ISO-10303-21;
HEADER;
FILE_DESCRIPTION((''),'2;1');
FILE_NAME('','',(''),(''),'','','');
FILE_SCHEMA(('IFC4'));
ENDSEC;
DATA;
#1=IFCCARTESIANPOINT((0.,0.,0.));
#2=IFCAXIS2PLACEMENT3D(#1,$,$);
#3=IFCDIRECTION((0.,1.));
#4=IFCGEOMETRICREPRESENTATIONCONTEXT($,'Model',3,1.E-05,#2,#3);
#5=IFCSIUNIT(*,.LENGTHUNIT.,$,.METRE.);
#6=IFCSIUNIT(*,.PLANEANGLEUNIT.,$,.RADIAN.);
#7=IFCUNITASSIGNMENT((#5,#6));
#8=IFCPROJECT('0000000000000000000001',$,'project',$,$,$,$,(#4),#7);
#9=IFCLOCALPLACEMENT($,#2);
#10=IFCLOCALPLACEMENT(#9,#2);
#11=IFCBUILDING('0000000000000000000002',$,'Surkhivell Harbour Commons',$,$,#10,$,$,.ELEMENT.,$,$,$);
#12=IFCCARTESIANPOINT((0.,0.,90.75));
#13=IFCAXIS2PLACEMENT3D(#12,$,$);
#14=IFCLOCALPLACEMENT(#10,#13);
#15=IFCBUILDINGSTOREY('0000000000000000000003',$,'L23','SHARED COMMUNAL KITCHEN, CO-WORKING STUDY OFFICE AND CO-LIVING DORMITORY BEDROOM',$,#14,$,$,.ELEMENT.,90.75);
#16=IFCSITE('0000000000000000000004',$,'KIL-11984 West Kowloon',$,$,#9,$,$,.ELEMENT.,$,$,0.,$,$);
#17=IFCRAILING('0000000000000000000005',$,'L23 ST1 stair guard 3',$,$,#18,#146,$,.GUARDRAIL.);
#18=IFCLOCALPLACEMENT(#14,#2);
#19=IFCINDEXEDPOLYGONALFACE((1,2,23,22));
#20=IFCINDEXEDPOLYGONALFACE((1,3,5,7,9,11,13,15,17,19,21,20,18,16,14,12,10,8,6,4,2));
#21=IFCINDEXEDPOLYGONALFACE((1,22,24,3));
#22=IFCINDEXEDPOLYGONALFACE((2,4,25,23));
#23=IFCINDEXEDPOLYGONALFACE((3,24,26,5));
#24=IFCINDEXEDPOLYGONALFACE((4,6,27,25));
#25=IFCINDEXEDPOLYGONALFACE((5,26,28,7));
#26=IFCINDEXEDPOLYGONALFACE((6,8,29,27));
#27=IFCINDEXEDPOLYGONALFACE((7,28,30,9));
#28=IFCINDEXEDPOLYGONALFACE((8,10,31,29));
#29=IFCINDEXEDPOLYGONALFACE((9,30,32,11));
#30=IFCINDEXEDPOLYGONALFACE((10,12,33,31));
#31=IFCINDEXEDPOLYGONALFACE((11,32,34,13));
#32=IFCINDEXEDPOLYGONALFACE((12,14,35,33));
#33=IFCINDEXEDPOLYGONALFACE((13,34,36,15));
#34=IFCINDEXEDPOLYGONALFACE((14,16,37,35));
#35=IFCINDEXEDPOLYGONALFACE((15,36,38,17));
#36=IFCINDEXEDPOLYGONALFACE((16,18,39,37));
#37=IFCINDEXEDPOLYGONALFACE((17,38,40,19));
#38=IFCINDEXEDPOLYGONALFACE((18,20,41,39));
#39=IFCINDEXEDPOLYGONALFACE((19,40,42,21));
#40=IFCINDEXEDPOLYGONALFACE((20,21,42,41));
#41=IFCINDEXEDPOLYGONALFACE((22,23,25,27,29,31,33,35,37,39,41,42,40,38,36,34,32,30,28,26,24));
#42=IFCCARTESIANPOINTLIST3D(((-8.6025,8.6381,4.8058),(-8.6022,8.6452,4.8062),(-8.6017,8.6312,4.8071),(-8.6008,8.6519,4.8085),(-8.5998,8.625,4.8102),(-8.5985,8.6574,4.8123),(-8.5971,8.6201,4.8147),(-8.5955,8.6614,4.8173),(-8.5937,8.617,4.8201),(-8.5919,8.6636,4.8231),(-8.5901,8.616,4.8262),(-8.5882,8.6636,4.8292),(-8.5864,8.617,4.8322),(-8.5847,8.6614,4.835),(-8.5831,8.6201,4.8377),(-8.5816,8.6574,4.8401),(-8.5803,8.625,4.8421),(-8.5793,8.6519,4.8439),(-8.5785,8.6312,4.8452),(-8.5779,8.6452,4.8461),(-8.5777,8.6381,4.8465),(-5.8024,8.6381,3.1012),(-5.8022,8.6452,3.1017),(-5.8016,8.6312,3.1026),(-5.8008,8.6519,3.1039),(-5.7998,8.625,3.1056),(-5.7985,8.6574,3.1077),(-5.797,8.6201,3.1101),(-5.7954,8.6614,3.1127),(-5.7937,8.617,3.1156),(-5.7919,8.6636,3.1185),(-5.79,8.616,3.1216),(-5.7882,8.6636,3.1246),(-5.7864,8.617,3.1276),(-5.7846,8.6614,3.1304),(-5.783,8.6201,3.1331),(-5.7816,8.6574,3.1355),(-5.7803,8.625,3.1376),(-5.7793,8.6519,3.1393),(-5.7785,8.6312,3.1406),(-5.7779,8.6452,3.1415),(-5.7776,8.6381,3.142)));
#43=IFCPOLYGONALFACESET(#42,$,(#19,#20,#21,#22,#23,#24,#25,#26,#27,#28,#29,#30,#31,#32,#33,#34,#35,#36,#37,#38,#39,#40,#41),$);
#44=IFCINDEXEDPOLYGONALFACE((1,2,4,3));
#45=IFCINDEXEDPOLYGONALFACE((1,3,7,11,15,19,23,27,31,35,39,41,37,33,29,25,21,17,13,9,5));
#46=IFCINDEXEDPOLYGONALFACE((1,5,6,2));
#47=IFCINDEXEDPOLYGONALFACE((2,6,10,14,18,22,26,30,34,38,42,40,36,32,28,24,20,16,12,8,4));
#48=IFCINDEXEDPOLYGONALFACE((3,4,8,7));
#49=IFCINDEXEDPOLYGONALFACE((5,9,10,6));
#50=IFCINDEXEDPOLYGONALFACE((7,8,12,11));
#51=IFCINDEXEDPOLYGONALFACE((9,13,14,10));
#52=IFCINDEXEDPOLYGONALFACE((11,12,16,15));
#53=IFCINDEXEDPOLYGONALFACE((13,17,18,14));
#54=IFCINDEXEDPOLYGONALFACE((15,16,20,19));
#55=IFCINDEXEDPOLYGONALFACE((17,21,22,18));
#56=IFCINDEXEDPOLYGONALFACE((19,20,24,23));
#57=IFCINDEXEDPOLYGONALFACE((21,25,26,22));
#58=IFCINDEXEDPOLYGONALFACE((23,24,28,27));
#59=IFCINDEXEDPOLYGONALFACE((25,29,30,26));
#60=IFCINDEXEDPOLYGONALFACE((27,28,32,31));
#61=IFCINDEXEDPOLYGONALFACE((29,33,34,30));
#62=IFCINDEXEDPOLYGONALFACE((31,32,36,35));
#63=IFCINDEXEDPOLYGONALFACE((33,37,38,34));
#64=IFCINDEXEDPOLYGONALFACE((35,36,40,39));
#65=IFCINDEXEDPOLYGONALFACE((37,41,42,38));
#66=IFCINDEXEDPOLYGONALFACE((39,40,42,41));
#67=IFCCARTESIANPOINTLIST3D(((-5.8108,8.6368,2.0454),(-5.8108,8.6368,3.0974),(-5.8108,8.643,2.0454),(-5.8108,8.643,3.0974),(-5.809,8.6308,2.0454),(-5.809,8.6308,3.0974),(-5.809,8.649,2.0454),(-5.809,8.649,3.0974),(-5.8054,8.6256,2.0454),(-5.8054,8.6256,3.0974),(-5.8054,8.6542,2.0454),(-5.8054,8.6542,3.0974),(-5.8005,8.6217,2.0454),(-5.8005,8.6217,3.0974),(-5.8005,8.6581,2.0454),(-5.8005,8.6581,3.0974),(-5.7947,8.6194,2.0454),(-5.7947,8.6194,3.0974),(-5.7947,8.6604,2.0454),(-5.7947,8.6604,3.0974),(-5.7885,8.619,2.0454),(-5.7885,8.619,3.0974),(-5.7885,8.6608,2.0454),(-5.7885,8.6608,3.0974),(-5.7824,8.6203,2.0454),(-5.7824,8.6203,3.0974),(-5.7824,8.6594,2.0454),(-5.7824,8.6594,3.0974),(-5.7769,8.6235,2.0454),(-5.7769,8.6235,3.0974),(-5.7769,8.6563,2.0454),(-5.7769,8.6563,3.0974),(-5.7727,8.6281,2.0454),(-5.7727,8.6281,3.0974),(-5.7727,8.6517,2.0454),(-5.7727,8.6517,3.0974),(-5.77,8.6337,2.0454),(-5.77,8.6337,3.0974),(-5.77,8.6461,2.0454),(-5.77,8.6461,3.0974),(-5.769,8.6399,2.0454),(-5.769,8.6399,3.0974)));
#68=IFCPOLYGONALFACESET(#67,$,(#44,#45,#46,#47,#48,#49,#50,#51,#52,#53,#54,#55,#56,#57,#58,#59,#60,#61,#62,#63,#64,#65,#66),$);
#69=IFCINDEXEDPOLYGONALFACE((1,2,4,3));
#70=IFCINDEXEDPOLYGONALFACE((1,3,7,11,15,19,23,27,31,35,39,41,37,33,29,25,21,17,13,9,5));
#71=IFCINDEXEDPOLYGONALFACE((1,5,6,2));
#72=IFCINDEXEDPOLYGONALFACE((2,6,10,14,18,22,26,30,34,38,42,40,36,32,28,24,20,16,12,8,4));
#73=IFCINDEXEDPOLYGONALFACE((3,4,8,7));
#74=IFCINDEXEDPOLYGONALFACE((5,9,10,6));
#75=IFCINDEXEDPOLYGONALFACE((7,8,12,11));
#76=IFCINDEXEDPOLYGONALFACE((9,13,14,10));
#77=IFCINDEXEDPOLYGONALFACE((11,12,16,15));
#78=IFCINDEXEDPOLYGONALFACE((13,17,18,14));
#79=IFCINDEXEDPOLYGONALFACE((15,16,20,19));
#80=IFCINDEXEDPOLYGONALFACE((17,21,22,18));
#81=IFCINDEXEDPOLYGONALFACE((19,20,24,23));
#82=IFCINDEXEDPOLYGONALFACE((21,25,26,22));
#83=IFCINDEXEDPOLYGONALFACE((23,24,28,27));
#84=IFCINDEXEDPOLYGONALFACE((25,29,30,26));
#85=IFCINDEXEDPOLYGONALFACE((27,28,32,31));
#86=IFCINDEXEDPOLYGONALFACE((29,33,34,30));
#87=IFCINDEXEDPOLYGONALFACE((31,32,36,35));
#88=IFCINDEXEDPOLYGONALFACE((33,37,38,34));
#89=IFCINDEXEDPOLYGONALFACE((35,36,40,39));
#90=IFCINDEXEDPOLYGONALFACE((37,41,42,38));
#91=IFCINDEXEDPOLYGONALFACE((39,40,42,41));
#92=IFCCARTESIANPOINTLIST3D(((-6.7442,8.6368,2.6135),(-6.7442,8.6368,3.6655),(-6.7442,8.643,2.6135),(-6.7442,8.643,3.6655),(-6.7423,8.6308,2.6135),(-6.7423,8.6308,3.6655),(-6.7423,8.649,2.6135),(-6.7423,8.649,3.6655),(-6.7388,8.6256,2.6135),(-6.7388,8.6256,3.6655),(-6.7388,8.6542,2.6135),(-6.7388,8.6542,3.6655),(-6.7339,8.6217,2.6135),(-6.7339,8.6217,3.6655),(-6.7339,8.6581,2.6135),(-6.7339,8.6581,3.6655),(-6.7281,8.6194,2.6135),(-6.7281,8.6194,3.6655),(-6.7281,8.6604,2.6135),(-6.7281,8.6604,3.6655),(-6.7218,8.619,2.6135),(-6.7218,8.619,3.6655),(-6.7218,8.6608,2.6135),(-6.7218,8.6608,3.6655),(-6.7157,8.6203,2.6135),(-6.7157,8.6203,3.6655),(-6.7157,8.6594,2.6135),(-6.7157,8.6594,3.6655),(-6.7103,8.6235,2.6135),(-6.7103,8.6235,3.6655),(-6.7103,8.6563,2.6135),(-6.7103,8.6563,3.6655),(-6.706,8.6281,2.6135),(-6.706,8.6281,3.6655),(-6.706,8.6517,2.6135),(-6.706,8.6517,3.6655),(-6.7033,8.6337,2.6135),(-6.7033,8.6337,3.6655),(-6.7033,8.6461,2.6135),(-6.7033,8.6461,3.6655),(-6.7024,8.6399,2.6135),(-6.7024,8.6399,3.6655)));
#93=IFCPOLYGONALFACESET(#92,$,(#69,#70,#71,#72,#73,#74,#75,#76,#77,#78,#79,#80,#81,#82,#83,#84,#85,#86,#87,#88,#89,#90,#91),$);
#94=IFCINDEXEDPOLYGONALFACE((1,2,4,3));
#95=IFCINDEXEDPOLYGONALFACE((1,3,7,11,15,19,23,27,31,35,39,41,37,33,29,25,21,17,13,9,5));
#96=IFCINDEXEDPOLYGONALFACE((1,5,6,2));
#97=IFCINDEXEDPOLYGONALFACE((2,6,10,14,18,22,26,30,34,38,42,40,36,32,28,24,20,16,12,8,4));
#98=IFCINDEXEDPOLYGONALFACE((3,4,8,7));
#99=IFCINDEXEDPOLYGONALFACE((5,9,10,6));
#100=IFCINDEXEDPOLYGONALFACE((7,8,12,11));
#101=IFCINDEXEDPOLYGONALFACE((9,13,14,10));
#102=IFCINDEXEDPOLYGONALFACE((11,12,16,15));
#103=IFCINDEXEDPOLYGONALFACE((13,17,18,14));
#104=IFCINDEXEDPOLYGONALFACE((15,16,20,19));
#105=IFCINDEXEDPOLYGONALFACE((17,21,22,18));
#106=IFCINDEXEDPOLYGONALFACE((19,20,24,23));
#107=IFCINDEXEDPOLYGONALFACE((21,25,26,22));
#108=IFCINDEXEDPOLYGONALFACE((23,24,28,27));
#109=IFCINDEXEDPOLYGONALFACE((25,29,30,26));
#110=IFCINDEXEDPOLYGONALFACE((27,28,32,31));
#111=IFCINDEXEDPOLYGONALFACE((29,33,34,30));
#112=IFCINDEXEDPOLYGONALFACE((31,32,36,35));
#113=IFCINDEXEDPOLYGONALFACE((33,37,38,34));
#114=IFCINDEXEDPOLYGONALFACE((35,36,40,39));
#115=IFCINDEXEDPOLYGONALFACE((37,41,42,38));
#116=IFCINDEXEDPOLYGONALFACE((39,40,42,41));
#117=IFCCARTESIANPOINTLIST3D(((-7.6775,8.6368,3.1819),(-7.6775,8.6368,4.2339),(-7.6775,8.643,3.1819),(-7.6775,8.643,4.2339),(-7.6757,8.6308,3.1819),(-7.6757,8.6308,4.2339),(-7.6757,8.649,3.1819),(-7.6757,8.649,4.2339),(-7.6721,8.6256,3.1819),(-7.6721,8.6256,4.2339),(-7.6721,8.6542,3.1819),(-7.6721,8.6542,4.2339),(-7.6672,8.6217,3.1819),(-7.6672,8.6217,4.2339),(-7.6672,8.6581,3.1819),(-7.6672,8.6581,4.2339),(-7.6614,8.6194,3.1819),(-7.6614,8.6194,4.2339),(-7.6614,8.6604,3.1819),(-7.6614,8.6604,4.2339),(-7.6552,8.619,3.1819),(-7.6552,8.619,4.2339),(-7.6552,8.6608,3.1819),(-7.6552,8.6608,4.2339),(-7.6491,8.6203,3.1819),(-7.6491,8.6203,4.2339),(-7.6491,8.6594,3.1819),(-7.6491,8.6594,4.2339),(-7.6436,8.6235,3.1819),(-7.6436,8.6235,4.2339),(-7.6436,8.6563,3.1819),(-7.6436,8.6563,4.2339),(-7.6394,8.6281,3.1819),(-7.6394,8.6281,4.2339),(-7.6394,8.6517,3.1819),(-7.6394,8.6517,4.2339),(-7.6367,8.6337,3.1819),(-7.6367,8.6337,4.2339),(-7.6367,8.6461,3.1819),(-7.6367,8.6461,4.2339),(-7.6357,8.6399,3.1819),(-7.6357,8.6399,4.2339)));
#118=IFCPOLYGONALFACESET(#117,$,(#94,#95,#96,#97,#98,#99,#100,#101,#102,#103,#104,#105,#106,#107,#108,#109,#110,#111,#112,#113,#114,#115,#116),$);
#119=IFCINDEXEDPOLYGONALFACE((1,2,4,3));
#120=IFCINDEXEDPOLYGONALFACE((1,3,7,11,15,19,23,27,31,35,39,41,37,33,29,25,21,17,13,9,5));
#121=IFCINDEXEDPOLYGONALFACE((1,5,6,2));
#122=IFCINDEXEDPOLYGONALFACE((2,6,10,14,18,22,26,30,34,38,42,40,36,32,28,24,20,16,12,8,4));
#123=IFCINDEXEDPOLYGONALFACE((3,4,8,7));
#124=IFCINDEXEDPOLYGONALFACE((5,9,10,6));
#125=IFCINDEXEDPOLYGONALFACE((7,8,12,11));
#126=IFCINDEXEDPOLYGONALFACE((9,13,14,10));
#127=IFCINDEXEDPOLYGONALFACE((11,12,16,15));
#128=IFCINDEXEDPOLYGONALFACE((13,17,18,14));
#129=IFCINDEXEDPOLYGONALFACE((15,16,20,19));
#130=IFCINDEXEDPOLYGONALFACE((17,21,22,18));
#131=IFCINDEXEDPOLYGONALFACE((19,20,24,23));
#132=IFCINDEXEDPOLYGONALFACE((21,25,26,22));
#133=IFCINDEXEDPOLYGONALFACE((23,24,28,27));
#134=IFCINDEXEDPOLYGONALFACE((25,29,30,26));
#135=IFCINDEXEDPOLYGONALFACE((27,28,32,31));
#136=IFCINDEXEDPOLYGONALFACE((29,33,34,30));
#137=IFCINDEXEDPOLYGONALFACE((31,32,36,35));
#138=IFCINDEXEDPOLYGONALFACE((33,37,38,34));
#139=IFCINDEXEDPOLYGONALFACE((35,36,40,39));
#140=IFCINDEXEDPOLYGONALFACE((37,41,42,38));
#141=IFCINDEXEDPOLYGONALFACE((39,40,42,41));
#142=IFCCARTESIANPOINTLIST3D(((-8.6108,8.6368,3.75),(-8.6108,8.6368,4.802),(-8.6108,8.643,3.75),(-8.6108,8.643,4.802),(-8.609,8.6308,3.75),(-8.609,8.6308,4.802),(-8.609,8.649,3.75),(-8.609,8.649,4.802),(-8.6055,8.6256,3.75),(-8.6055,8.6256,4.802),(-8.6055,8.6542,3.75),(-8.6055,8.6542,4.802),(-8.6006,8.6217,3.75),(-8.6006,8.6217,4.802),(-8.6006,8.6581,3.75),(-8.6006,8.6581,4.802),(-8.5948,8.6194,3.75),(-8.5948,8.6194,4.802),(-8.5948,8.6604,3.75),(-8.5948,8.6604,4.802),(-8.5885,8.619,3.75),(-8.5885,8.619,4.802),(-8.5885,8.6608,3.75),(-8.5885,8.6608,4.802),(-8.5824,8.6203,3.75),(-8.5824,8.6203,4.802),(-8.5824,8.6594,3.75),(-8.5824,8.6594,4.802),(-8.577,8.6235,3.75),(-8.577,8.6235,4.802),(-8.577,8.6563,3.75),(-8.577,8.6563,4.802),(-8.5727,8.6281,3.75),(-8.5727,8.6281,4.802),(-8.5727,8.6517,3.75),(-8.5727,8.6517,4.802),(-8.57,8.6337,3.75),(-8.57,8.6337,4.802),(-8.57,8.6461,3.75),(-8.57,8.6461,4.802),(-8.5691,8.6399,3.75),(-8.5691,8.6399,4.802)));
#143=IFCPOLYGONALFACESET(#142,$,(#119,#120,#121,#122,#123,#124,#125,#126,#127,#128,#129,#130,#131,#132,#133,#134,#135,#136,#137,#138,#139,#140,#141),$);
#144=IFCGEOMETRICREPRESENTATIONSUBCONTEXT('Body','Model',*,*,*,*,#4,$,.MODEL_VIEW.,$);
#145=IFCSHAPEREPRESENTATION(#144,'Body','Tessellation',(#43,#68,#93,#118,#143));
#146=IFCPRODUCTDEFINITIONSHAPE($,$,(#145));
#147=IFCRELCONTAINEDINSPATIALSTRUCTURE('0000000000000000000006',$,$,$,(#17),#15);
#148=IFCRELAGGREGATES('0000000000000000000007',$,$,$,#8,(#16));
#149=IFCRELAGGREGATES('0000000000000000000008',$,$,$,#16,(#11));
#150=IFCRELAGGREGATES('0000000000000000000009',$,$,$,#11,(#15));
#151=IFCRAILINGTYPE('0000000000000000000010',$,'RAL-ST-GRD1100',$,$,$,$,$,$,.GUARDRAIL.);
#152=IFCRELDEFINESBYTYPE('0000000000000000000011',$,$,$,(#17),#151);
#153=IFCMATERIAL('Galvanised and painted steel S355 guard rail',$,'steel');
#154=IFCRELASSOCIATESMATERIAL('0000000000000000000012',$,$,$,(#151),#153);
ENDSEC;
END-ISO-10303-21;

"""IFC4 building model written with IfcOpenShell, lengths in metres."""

from ifc_helpers import new_model, si_unit, direction, frame, origin, origin_2d, place, context, subcontext, project, spatial, circle, extrude, material, type_object, element, save


model = new_model("IFC4")

# Units and contexts
model_context = context("Model", 3, precision=1e-05, world=origin(), true_north=direction((0.0, 1.0)))
body_context = subcontext(model_context, "Body", "Model", "MODEL_VIEW")
ifc_project = project(units=[si_unit("LENGTHUNIT", "METRE"), si_unit("PLANEANGLEUNIT", "RADIAN")], contexts=[model_context])

# Site, building, storey
site_placement = place(None, origin())
site = spatial("IfcSite", under=ifc_project, at=site_placement, Name="KIL-11984 West Kowloon", CompositionType="ELEMENT", RefElevation=0.0)
building_placement = place(site_placement, origin())
building = spatial("IfcBuilding", under=site, at=building_placement, Name="Surkhivell Harbour Commons", CompositionType="ELEMENT")
storey_placement = place(building_placement, frame((0.0, 0.0, 90.75)))
storey = spatial("IfcBuildingStorey", under=building, at=storey_placement, Name="L23", Description="SHARED COMMUNAL KITCHEN, CO-WORKING STUDY OFFICE AND CO-LIVING DORMITORY BEDROOM", CompositionType="ELEMENT", Elevation=90.75)

# Railing
ifc_material_1 = material(Name="Galvanised and painted steel S355 guard rail", Category="steel")
railing_type_1 = type_object("IfcRailingType", Name="RAL-ST-GRD1100", PredefinedType="GUARDRAIL", material=ifc_material_1)
railing_1_placement = place(storey_placement, frame((-5.79, 8.6399, 2.0454)))
element("IfcRailing", 1, at=railing_1_placement, inside=storey, type_object=railing_type_1, Name="L23 ST1 stair guard 3", PredefinedType="GUARDRAIL", context=body_context, shape_type="SweptSolid", body=[
    extrude(circle(Radius=0.0239, at=origin_2d()), frame((0.0, 0.0, 1.0762), z_axis=(-0.85417, 0.0, 0.519994), x_axis=(0.0, -1.0, 0.0)), (0.0, 0.0, 1.0), 3.2781),
    extrude(circle(Radius=0.021, at=origin_2d()), origin(), (0.0, 0.0, 1.0), 1.052),
    extrude(circle(Radius=0.021, at=origin_2d()), frame((-0.9333, 0.0, 0.5681)), (0.0, 0.0, 1.0), 1.052),
    extrude(circle(Radius=0.021, at=origin_2d()), frame((-1.8667, 0.0, 1.1365)), (0.0, 0.0, 1.0), 1.052),
    extrude(circle(Radius=0.021, at=origin_2d()), frame((-2.8, 0.0, 1.7046)), (0.0, 0.0, 1.0), 1.052),
])

save(model, "model.ifc")
